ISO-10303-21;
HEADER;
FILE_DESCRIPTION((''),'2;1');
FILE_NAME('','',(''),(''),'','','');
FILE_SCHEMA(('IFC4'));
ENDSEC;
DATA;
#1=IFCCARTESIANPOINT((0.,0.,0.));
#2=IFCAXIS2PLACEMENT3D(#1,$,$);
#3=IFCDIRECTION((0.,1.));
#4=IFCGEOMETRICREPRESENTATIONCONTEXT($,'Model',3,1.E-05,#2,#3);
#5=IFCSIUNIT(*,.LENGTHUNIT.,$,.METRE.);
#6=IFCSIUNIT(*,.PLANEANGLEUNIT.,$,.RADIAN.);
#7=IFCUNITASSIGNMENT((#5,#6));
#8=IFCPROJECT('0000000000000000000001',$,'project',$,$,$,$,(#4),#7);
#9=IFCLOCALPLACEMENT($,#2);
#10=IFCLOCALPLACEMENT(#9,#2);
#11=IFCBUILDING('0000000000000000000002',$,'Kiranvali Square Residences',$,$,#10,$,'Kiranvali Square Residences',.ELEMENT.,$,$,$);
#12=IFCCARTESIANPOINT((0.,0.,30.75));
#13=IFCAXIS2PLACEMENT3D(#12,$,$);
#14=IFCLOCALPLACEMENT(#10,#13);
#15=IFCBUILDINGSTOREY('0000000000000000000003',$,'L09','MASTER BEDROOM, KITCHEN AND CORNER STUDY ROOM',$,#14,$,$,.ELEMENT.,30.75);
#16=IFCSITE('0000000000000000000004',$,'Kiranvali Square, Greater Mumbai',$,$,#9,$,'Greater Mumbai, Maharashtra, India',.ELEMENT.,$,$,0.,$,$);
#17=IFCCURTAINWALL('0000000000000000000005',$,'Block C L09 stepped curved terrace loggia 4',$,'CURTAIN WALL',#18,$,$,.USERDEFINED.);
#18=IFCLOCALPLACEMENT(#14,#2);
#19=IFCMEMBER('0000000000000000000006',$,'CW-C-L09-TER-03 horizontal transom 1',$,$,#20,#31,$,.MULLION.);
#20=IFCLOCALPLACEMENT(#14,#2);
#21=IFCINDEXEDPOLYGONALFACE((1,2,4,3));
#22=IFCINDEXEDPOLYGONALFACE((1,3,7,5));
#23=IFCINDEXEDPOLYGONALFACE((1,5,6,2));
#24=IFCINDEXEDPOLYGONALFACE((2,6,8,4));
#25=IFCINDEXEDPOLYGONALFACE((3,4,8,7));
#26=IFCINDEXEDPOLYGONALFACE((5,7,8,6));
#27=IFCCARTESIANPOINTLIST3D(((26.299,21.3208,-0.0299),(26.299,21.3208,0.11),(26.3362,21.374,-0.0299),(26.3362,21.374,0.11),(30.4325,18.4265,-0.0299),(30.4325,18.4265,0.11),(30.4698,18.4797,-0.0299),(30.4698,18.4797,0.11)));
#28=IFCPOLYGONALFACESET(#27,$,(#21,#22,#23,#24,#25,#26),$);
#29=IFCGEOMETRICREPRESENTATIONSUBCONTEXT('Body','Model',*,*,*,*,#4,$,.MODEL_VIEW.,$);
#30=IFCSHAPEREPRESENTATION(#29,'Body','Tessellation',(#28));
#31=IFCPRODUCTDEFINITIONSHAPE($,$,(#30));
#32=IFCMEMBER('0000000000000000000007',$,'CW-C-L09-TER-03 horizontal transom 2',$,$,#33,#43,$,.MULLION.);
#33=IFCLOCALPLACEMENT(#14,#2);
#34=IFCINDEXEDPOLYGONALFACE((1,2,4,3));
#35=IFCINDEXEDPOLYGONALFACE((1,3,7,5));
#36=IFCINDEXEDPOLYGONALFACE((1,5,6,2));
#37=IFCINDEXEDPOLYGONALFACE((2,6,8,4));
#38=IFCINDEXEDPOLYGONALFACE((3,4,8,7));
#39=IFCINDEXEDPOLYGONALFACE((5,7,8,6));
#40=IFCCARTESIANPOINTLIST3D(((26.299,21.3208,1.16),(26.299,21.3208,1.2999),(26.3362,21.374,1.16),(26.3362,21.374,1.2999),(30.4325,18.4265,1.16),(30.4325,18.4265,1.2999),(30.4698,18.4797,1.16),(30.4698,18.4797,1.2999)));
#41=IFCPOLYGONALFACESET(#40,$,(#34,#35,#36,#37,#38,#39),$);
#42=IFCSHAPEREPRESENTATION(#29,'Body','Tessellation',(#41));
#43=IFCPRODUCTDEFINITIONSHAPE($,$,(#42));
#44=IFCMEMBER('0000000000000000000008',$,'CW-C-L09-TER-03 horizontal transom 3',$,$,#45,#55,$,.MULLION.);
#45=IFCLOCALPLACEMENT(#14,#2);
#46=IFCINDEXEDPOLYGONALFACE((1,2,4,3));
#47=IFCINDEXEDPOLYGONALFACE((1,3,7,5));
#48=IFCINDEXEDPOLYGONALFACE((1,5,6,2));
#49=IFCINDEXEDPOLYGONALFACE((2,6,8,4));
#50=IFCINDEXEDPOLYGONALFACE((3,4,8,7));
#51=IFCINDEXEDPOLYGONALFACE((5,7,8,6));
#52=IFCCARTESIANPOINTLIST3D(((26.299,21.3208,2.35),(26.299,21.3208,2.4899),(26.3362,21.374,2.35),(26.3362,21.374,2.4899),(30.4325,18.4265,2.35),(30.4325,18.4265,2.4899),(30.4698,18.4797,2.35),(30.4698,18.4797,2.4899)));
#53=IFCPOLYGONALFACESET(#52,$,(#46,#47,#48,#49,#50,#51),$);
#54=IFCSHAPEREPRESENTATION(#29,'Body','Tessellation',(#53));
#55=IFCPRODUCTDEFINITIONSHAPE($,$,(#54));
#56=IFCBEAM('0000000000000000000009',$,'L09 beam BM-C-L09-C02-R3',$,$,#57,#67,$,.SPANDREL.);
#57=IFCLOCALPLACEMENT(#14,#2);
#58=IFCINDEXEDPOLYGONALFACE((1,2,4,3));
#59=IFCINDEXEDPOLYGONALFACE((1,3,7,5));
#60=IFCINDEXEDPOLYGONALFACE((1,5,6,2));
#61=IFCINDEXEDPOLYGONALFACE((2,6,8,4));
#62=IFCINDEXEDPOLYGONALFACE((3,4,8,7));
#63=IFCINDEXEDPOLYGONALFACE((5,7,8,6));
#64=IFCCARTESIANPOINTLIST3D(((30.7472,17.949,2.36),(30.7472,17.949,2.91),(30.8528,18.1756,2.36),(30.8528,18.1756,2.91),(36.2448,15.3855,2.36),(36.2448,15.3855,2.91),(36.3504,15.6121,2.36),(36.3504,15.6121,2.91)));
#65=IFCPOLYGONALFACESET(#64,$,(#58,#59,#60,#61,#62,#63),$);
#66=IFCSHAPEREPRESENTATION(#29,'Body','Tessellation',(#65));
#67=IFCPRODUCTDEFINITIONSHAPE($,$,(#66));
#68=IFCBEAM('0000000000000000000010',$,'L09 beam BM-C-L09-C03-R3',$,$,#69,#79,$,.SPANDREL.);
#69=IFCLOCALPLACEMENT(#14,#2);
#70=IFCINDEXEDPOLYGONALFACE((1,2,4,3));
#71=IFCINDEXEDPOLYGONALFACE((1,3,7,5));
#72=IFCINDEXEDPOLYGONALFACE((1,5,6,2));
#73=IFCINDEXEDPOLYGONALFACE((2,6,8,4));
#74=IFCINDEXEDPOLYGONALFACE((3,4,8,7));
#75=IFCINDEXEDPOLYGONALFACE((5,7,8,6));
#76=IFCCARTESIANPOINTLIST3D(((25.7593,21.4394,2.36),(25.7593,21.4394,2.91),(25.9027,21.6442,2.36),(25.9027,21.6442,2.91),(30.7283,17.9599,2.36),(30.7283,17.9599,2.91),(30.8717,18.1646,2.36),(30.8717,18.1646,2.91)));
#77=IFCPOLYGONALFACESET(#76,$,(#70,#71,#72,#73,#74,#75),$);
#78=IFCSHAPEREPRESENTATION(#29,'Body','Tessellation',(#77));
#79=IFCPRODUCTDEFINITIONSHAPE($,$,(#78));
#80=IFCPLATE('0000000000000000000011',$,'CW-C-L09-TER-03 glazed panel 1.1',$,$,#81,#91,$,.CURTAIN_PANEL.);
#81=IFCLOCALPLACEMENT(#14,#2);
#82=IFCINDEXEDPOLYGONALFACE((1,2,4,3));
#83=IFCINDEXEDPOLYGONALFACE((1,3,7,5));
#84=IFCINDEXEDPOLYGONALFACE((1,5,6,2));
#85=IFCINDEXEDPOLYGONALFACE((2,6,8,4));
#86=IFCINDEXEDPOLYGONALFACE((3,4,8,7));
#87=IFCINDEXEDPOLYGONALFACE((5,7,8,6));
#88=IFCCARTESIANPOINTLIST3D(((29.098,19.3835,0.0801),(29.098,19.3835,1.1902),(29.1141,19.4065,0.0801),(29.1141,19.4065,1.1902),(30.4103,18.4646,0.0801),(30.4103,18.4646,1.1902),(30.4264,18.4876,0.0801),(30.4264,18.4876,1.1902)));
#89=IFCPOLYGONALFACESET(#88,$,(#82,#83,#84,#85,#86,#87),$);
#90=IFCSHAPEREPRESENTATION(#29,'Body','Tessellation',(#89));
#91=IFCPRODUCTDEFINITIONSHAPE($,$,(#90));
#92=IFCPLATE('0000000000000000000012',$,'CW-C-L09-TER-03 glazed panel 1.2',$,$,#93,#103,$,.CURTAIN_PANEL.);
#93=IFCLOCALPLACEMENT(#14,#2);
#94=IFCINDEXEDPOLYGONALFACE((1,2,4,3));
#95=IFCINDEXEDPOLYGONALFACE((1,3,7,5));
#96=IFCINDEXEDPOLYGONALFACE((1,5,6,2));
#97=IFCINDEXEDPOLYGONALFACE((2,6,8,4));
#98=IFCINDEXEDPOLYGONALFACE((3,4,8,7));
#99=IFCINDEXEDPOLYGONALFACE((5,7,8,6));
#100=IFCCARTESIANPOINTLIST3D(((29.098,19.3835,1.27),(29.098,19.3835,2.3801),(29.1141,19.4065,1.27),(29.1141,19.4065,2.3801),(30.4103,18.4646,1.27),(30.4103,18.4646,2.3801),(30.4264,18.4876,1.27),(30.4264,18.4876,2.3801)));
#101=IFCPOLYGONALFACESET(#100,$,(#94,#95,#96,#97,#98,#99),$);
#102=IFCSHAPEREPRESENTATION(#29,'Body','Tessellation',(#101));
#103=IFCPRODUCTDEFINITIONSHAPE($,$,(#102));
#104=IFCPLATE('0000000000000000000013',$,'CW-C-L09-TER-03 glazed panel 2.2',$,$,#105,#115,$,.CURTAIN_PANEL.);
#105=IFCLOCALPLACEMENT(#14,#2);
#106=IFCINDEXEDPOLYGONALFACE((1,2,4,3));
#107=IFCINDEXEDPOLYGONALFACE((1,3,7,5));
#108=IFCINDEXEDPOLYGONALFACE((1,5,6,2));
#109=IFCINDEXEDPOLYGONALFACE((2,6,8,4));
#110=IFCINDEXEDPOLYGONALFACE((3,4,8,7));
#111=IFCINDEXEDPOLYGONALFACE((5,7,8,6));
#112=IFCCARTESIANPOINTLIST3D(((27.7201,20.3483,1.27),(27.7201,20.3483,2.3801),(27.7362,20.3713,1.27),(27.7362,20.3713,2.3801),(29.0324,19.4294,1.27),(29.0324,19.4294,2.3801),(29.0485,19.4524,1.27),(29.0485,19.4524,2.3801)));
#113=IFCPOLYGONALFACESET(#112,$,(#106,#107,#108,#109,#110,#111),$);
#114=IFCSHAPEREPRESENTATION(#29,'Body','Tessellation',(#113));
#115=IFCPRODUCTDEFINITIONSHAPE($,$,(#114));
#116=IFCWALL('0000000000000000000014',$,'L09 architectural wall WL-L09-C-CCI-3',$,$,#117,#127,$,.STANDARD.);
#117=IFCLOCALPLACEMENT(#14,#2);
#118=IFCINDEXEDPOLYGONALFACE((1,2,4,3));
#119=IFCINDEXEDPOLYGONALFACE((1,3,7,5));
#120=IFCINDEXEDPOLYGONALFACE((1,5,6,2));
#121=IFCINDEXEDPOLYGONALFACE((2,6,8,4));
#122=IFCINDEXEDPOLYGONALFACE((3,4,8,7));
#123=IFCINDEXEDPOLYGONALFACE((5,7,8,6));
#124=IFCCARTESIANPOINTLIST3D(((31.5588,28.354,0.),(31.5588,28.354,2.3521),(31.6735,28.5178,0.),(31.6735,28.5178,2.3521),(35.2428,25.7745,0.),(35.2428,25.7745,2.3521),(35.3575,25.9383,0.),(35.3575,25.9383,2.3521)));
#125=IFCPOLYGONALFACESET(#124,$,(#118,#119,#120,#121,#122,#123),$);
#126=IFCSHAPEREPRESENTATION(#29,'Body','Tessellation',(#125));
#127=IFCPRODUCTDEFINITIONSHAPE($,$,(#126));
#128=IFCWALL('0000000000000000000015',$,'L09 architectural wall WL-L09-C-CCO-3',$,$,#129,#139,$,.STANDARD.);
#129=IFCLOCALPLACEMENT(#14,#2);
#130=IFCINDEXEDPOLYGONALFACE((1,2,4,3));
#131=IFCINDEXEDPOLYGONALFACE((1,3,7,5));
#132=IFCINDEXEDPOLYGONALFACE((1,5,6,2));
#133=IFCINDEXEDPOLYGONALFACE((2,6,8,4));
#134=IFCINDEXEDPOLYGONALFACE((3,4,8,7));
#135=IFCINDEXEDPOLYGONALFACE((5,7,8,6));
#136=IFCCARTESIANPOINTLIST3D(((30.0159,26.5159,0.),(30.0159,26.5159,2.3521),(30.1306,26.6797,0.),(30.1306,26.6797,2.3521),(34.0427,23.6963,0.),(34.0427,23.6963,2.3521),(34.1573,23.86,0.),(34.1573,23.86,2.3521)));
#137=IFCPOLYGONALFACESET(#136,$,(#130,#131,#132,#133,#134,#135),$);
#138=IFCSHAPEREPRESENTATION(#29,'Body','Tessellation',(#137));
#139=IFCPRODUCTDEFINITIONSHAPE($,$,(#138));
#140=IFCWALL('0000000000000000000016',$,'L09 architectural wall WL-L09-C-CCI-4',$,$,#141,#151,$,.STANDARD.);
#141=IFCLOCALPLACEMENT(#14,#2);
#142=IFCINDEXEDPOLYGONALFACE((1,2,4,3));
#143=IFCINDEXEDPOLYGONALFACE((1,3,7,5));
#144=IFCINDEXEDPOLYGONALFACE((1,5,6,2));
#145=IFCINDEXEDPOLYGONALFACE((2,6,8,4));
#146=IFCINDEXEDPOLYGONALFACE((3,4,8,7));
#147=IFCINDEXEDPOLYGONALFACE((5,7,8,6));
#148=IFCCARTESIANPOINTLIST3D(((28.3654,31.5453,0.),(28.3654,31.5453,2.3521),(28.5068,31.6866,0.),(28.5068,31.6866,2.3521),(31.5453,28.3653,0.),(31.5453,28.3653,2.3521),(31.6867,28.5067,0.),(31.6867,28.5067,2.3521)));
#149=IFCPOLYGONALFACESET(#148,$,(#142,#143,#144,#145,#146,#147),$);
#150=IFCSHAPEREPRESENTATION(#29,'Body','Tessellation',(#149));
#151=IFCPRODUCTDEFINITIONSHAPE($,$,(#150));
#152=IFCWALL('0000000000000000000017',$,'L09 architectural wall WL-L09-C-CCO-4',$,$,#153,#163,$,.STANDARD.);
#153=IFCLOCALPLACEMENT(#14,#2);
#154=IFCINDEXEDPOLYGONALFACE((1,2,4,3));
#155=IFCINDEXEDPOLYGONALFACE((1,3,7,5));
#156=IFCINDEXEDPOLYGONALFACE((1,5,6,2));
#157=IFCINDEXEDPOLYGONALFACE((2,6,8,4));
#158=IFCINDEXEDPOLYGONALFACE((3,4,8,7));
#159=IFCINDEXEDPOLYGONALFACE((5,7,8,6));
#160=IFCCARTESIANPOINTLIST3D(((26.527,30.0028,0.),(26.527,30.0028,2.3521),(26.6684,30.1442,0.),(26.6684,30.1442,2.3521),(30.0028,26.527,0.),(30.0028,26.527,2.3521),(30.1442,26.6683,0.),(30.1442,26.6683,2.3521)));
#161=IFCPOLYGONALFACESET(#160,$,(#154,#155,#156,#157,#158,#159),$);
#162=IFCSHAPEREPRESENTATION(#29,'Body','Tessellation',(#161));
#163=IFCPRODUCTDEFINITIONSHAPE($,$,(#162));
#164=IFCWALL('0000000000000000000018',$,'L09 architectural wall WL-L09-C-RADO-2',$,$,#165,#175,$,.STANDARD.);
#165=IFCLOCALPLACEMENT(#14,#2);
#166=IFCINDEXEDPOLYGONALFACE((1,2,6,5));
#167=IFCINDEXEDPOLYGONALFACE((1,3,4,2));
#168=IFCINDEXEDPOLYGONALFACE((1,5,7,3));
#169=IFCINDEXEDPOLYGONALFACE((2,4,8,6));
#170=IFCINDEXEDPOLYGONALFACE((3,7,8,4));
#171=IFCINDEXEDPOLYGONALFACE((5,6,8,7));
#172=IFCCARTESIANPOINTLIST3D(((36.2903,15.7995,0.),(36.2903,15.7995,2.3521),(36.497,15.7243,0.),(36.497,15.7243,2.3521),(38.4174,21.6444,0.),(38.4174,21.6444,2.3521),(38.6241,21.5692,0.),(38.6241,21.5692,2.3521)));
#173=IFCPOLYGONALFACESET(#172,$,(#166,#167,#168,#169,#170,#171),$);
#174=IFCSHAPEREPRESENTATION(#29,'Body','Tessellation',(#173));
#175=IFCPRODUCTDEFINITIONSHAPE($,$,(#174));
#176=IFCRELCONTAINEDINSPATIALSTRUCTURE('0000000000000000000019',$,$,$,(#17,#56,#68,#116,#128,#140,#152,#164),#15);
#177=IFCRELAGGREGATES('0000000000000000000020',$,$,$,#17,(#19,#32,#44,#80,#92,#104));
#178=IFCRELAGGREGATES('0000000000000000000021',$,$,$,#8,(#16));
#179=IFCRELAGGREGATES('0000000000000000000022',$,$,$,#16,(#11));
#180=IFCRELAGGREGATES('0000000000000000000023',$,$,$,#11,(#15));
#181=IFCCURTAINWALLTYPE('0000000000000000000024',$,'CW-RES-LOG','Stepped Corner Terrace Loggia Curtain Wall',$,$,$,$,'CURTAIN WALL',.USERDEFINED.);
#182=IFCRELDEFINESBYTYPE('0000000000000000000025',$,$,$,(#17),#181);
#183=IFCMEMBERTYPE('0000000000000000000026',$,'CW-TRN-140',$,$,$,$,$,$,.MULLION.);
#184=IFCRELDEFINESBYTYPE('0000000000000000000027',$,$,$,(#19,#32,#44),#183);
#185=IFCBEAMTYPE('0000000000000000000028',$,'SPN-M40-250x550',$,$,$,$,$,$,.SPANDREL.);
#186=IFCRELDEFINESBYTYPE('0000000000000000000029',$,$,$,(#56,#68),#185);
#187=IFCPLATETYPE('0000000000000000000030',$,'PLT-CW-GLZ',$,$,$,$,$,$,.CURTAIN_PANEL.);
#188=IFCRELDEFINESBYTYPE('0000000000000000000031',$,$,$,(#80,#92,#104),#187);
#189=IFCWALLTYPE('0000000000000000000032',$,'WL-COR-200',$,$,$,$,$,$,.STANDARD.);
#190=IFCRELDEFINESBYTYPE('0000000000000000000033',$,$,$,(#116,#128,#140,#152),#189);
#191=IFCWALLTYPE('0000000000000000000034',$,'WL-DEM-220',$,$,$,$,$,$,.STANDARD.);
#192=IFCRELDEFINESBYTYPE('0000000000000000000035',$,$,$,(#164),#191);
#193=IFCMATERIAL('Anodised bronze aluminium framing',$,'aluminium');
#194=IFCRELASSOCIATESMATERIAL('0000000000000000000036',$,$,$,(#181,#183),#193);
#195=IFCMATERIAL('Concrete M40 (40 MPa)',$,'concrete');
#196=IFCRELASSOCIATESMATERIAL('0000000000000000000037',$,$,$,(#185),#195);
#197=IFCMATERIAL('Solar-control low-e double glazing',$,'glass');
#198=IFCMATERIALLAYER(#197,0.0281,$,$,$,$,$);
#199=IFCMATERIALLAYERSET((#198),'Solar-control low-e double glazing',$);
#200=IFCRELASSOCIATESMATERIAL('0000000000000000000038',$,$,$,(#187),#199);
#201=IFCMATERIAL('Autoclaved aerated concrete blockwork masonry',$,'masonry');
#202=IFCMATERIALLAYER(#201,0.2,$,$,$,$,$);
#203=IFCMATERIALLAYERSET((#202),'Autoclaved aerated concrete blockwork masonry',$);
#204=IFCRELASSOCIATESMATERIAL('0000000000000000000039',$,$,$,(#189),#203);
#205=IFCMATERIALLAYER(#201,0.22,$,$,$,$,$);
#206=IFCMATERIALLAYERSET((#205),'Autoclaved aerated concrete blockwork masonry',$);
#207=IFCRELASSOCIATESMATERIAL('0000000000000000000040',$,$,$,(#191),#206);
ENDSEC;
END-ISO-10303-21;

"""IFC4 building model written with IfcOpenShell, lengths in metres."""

from ifc_helpers import new_model, si_unit, direction, frame, frame_2d, origin, origin_2d, place, context, subcontext, project, spatial, rectangle, extrude, material, layer, layer_set, material_profile, profile_set, type_object, element, aggregate, save


model = new_model("IFC4")

# Units and contexts
model_context = context("Model", 3, precision=1e-05, world=origin(), true_north=direction((0.0, 1.0)))
body_context = subcontext(model_context, "Body", "Model", "MODEL_VIEW")
ifc_project = project(units=[si_unit("LENGTHUNIT", "METRE"), si_unit("PLANEANGLEUNIT", "RADIAN")], contexts=[model_context])

# Site, building, storey
site_placement = place(None, origin())
site = spatial("IfcSite", under=ifc_project, at=site_placement, Name="Kiranvali Square, Greater Mumbai", LongName="Greater Mumbai, Maharashtra, India", CompositionType="ELEMENT", RefElevation=0.0)
building_placement = place(site_placement, origin())
building = spatial("IfcBuilding", under=site, at=building_placement, Name="Kiranvali Square Residences", LongName="Kiranvali Square Residences", CompositionType="ELEMENT")
storey_placement = place(building_placement, frame((0.0, 0.0, 30.75)))
storey = spatial("IfcBuildingStorey", under=building, at=storey_placement, Name="L09", Description="MASTER BEDROOM, KITCHEN AND CORNER STUDY ROOM", CompositionType="ELEMENT", Elevation=30.75)

# Shared definitions
ifc_material_1 = material(Name="Concrete M40 (40 MPa)", Category="concrete")

# Curtain wall, members
ifc_material_2 = material(Name="Anodised bronze aluminium framing", Category="aluminium")
curtain_wall_type = type_object("IfcCurtainWallType", Name="CW-RES-LOG", Description="Stepped Corner Terrace Loggia Curtain Wall", ElementType="CURTAIN WALL", PredefinedType="USERDEFINED", material=ifc_material_2)
curtain_wall_placement = place(storey_placement, origin())
curtain_wall = element("IfcCurtainWall", 1, at=curtain_wall_placement, inside=storey, type_object=curtain_wall_type, Name="Block C L09 stepped curved terrace loggia 4", ObjectType="CURTAIN WALL", PredefinedType="USERDEFINED")
ifc_material_profile_1 = material_profile(ifc_material_2, rectangle(XDim=0.0649, YDim=0.1399, at=origin_2d()), Name="ALU 65x140")
ifc_profile_set_1 = profile_set([ifc_material_profile_1], Name="Anodised bronze aluminium framing")
member_type_1 = type_object("IfcMemberType", Name="CW-TRN-140", PredefinedType="MULLION", material=ifc_profile_set_1)
member_1_placement = place(storey_placement, frame((30.4512, 18.4531, 0.04), z_axis=(-0.819157, 0.573569, 0.0), x_axis=(-0.573569, -0.819157, 0.0)))
member_1 = element("IfcMember", 2, at=member_1_placement, type_object=member_type_1, Name="CW-C-L09-TER-03 horizontal transom 1", PredefinedType="MULLION", context=body_context, shape_type="SweptSolid", body=[
    extrude(rectangle(XDim=0.0649, YDim=0.1399, at=origin_2d()), origin(), (0.0, 0.0, 1.0), 5.0461),
])
member_2_placement = place(storey_placement, frame((30.4512, 18.4531, 1.23), z_axis=(-0.819157, 0.573569, 0.0), x_axis=(-0.573569, -0.819157, 0.0)))
member_2 = element("IfcMember", 3, at=member_2_placement, type_object=member_type_1, Name="CW-C-L09-TER-03 horizontal transom 2", PredefinedType="MULLION", context=body_context, shape_type="SweptSolid", body=[
    extrude(rectangle(XDim=0.0649, YDim=0.1399, at=origin_2d()), origin(), (0.0, 0.0, 1.0), 5.0461),
])
member_3_placement = place(storey_placement, frame((30.4512, 18.4531, 2.4199), z_axis=(-0.819157, 0.573569, 0.0), x_axis=(-0.573569, -0.819157, 0.0)))
member_3 = element("IfcMember", 4, at=member_3_placement, type_object=member_type_1, Name="CW-C-L09-TER-03 horizontal transom 3", PredefinedType="MULLION", context=body_context, shape_type="SweptSolid", body=[
    extrude(rectangle(XDim=0.0649, YDim=0.1399, at=origin_2d()), origin(), (0.0, 0.0, 1.0), 5.0461),
])

# Beams
ifc_material_profile_2 = material_profile(ifc_material_1, rectangle(XDim=0.25, YDim=0.55, at=origin_2d()), Name="RC 250x550")
ifc_profile_set_2 = profile_set([ifc_material_profile_2], Name="Concrete M40 (40 MPa)")
beam_type_1 = type_object("IfcBeamType", Name="SPN-M40-250x550", PredefinedType="SPANDREL", material=ifc_profile_set_2)
beam_1_placement = place(storey_placement, frame((36.2976, 15.4988, 2.635), z_axis=(-0.906313, 0.422608, 0.0), x_axis=(-0.422608, -0.906313, 0.0)))
element("IfcBeam", 5, at=beam_1_placement, inside=storey, type_object=beam_type_1, Name="L09 beam BM-C-L09-C02-R3", PredefinedType="SPANDREL", context=body_context, shape_type="SweptSolid", body=[
    extrude(rectangle(XDim=0.25, YDim=0.55, at=origin_2d()), origin(), (0.0, 0.0, 1.0), 6.0659),
])
beam_2_placement = place(storey_placement, frame((30.8, 18.0623, 2.635), z_axis=(-0.819139, 0.573595, 0.0), x_axis=(-0.573595, -0.819139, 0.0)))
element("IfcBeam", 6, at=beam_2_placement, inside=storey, type_object=beam_type_1, Name="L09 beam BM-C-L09-C03-R3", PredefinedType="SPANDREL", context=body_context, shape_type="SweptSolid", body=[
    extrude(rectangle(XDim=0.25, YDim=0.55, at=origin_2d()), origin(), (0.0, 0.0, 1.0), 6.0662),
])

# Plates
ifc_material_3 = material(Name="Solar-control low-e double glazing", Category="glass")
ifc_layer_1 = layer(ifc_material_3, 0.0281)
ifc_layer_set_1 = layer_set([ifc_layer_1], Name="Solar-control low-e double glazing")
plate_type = type_object("IfcPlateType", Name="PLT-CW-GLZ", PredefinedType="CURTAIN_PANEL", material=ifc_layer_set_1)
plate_1_placement = place(storey_placement, frame((29.7622, 18.9355, 0.0801), z_axis=(0.0, 0.0, 1.0), x_axis=(-0.819152, 0.573576, 0.0)))
plate_1 = element("IfcPlate", 7, at=plate_1_placement, type_object=plate_type, Name="CW-C-L09-TER-03 glazed panel 1.1", PredefinedType="CURTAIN_PANEL", context=body_context, shape_type="SweptSolid", body=[
    extrude(rectangle(XDim=1.6021, YDim=0.0281, at=origin_2d()), origin(), (0.0, 0.0, 1.0), 1.1101),
])
plate_2_placement = place(storey_placement, frame((29.7622, 18.9355, 1.27), z_axis=(0.0, 0.0, 1.0), x_axis=(-0.819152, 0.573576, 0.0)))
plate_2 = element("IfcPlate", 8, at=plate_2_placement, type_object=plate_type, Name="CW-C-L09-TER-03 glazed panel 1.2", PredefinedType="CURTAIN_PANEL", context=body_context, shape_type="SweptSolid", body=[
    extrude(rectangle(XDim=1.6021, YDim=0.0281, at=origin_2d()), origin(), (0.0, 0.0, 1.0), 1.1101),
])
plate_3_placement = place(storey_placement, frame((28.3843, 19.9004, 1.27), z_axis=(0.0, 0.0, 1.0), x_axis=(-0.819152, 0.573576, 0.0)))
plate_3 = element("IfcPlate", 9, at=plate_3_placement, type_object=plate_type, Name="CW-C-L09-TER-03 glazed panel 2.2", PredefinedType="CURTAIN_PANEL", context=body_context, shape_type="SweptSolid", body=[
    extrude(rectangle(XDim=1.6021, YDim=0.0281, at=origin_2d()), origin(), (0.0, 0.0, 1.0), 1.1101),
])
aggregate(curtain_wall, [member_1, member_2, member_3, plate_1, plate_2, plate_3])

# Walls
ifc_material_4 = material(Name="Autoclaved aerated concrete blockwork masonry", Category="masonry")
ifc_layer_2 = layer(ifc_material_4, 0.2)
ifc_layer_set_2 = layer_set([ifc_layer_2], Name="Autoclaved aerated concrete blockwork masonry")
wall_type_1 = type_object("IfcWallType", Name="WL-COR-200", PredefinedType="STANDARD", material=ifc_layer_set_2)
wall_1_placement = place(storey_placement, frame((35.3, 25.8564, 0.0), z_axis=(0.0, 0.0, 1.0), x_axis=(-0.819155, 0.573572, 0.0)))
element("IfcWall", 10, at=wall_1_placement, inside=storey, type_object=wall_type_1, Name="L09 architectural wall WL-L09-C-CCI-3", PredefinedType="STANDARD", context=body_context, shape_type="SweptSolid", body=[
    extrude(rectangle(XDim=4.4973, YDim=0.2, at=frame_2d((2.2485, 0.0))), origin(), (0.0, 0.0, 1.0), 2.3521),
])
wall_2_placement = place(storey_placement, frame((34.1001, 23.7781, 0.0), z_axis=(0.0, 0.0, 1.0), x_axis=(-0.819141, 0.573592, 0.0)))
element("IfcWall", 11, at=wall_2_placement, inside=storey, type_object=wall_type_1, Name="L09 architectural wall WL-L09-C-CCO-3", PredefinedType="STANDARD", context=body_context, shape_type="SweptSolid", body=[
    extrude(rectangle(XDim=4.9158, YDim=0.2, at=frame_2d((2.458, 0.0))), origin(), (0.0, 0.0, 1.0), 2.3521),
])
wall_3_placement = place(storey_placement, frame((31.616, 28.436, 0.0), z_axis=(0.0, 0.0, 1.0), x_axis=(-0.707107, 0.707107, 0.0)))
element("IfcWall", 12, at=wall_3_placement, inside=storey, type_object=wall_type_1, Name="L09 architectural wall WL-L09-C-CCI-4", PredefinedType="STANDARD", context=body_context, shape_type="SweptSolid", body=[
    extrude(rectangle(XDim=4.4971, YDim=0.2, at=frame_2d((2.2485, 0.0))), origin(), (0.0, 0.0, 1.0), 2.3521),
])
wall_4_placement = place(storey_placement, frame((30.0735, 26.5977, 0.0), z_axis=(0.0, 0.0, 1.0), x_axis=(-0.707107, 0.707107, 0.0)))
element("IfcWall", 13, at=wall_4_placement, inside=storey, type_object=wall_type_1, Name="L09 architectural wall WL-L09-C-CCO-4", PredefinedType="STANDARD", context=body_context, shape_type="SweptSolid", body=[
    extrude(rectangle(XDim=4.9155, YDim=0.2, at=frame_2d((2.4578, 0.0))), origin(), (0.0, 0.0, 1.0), 2.3521),
])
ifc_layer_3 = layer(ifc_material_4, 0.22)
ifc_layer_set_3 = layer_set([ifc_layer_3], Name="Autoclaved aerated concrete blockwork masonry")
wall_type_2 = type_object("IfcWallType", Name="WL-DEM-220", PredefinedType="STANDARD", material=ifc_layer_set_3)
wall_5_placement = place(storey_placement, frame((38.5208, 21.6067, 0.0), z_axis=(0.0, 0.0, 1.0), x_axis=(-0.341992, -0.939703, 0.0)))
element("IfcWall", 14, at=wall_5_placement, inside=storey, type_object=wall_type_2, Name="L09 architectural wall WL-L09-C-RADO-2", PredefinedType="STANDARD", context=body_context, shape_type="SweptSolid", body=[
    extrude(rectangle(XDim=6.22, YDim=0.22, at=frame_2d((3.1099, 0.0))), origin(), (0.0, 0.0, 1.0), 2.3521),
])

save(model, "model.ifc")
